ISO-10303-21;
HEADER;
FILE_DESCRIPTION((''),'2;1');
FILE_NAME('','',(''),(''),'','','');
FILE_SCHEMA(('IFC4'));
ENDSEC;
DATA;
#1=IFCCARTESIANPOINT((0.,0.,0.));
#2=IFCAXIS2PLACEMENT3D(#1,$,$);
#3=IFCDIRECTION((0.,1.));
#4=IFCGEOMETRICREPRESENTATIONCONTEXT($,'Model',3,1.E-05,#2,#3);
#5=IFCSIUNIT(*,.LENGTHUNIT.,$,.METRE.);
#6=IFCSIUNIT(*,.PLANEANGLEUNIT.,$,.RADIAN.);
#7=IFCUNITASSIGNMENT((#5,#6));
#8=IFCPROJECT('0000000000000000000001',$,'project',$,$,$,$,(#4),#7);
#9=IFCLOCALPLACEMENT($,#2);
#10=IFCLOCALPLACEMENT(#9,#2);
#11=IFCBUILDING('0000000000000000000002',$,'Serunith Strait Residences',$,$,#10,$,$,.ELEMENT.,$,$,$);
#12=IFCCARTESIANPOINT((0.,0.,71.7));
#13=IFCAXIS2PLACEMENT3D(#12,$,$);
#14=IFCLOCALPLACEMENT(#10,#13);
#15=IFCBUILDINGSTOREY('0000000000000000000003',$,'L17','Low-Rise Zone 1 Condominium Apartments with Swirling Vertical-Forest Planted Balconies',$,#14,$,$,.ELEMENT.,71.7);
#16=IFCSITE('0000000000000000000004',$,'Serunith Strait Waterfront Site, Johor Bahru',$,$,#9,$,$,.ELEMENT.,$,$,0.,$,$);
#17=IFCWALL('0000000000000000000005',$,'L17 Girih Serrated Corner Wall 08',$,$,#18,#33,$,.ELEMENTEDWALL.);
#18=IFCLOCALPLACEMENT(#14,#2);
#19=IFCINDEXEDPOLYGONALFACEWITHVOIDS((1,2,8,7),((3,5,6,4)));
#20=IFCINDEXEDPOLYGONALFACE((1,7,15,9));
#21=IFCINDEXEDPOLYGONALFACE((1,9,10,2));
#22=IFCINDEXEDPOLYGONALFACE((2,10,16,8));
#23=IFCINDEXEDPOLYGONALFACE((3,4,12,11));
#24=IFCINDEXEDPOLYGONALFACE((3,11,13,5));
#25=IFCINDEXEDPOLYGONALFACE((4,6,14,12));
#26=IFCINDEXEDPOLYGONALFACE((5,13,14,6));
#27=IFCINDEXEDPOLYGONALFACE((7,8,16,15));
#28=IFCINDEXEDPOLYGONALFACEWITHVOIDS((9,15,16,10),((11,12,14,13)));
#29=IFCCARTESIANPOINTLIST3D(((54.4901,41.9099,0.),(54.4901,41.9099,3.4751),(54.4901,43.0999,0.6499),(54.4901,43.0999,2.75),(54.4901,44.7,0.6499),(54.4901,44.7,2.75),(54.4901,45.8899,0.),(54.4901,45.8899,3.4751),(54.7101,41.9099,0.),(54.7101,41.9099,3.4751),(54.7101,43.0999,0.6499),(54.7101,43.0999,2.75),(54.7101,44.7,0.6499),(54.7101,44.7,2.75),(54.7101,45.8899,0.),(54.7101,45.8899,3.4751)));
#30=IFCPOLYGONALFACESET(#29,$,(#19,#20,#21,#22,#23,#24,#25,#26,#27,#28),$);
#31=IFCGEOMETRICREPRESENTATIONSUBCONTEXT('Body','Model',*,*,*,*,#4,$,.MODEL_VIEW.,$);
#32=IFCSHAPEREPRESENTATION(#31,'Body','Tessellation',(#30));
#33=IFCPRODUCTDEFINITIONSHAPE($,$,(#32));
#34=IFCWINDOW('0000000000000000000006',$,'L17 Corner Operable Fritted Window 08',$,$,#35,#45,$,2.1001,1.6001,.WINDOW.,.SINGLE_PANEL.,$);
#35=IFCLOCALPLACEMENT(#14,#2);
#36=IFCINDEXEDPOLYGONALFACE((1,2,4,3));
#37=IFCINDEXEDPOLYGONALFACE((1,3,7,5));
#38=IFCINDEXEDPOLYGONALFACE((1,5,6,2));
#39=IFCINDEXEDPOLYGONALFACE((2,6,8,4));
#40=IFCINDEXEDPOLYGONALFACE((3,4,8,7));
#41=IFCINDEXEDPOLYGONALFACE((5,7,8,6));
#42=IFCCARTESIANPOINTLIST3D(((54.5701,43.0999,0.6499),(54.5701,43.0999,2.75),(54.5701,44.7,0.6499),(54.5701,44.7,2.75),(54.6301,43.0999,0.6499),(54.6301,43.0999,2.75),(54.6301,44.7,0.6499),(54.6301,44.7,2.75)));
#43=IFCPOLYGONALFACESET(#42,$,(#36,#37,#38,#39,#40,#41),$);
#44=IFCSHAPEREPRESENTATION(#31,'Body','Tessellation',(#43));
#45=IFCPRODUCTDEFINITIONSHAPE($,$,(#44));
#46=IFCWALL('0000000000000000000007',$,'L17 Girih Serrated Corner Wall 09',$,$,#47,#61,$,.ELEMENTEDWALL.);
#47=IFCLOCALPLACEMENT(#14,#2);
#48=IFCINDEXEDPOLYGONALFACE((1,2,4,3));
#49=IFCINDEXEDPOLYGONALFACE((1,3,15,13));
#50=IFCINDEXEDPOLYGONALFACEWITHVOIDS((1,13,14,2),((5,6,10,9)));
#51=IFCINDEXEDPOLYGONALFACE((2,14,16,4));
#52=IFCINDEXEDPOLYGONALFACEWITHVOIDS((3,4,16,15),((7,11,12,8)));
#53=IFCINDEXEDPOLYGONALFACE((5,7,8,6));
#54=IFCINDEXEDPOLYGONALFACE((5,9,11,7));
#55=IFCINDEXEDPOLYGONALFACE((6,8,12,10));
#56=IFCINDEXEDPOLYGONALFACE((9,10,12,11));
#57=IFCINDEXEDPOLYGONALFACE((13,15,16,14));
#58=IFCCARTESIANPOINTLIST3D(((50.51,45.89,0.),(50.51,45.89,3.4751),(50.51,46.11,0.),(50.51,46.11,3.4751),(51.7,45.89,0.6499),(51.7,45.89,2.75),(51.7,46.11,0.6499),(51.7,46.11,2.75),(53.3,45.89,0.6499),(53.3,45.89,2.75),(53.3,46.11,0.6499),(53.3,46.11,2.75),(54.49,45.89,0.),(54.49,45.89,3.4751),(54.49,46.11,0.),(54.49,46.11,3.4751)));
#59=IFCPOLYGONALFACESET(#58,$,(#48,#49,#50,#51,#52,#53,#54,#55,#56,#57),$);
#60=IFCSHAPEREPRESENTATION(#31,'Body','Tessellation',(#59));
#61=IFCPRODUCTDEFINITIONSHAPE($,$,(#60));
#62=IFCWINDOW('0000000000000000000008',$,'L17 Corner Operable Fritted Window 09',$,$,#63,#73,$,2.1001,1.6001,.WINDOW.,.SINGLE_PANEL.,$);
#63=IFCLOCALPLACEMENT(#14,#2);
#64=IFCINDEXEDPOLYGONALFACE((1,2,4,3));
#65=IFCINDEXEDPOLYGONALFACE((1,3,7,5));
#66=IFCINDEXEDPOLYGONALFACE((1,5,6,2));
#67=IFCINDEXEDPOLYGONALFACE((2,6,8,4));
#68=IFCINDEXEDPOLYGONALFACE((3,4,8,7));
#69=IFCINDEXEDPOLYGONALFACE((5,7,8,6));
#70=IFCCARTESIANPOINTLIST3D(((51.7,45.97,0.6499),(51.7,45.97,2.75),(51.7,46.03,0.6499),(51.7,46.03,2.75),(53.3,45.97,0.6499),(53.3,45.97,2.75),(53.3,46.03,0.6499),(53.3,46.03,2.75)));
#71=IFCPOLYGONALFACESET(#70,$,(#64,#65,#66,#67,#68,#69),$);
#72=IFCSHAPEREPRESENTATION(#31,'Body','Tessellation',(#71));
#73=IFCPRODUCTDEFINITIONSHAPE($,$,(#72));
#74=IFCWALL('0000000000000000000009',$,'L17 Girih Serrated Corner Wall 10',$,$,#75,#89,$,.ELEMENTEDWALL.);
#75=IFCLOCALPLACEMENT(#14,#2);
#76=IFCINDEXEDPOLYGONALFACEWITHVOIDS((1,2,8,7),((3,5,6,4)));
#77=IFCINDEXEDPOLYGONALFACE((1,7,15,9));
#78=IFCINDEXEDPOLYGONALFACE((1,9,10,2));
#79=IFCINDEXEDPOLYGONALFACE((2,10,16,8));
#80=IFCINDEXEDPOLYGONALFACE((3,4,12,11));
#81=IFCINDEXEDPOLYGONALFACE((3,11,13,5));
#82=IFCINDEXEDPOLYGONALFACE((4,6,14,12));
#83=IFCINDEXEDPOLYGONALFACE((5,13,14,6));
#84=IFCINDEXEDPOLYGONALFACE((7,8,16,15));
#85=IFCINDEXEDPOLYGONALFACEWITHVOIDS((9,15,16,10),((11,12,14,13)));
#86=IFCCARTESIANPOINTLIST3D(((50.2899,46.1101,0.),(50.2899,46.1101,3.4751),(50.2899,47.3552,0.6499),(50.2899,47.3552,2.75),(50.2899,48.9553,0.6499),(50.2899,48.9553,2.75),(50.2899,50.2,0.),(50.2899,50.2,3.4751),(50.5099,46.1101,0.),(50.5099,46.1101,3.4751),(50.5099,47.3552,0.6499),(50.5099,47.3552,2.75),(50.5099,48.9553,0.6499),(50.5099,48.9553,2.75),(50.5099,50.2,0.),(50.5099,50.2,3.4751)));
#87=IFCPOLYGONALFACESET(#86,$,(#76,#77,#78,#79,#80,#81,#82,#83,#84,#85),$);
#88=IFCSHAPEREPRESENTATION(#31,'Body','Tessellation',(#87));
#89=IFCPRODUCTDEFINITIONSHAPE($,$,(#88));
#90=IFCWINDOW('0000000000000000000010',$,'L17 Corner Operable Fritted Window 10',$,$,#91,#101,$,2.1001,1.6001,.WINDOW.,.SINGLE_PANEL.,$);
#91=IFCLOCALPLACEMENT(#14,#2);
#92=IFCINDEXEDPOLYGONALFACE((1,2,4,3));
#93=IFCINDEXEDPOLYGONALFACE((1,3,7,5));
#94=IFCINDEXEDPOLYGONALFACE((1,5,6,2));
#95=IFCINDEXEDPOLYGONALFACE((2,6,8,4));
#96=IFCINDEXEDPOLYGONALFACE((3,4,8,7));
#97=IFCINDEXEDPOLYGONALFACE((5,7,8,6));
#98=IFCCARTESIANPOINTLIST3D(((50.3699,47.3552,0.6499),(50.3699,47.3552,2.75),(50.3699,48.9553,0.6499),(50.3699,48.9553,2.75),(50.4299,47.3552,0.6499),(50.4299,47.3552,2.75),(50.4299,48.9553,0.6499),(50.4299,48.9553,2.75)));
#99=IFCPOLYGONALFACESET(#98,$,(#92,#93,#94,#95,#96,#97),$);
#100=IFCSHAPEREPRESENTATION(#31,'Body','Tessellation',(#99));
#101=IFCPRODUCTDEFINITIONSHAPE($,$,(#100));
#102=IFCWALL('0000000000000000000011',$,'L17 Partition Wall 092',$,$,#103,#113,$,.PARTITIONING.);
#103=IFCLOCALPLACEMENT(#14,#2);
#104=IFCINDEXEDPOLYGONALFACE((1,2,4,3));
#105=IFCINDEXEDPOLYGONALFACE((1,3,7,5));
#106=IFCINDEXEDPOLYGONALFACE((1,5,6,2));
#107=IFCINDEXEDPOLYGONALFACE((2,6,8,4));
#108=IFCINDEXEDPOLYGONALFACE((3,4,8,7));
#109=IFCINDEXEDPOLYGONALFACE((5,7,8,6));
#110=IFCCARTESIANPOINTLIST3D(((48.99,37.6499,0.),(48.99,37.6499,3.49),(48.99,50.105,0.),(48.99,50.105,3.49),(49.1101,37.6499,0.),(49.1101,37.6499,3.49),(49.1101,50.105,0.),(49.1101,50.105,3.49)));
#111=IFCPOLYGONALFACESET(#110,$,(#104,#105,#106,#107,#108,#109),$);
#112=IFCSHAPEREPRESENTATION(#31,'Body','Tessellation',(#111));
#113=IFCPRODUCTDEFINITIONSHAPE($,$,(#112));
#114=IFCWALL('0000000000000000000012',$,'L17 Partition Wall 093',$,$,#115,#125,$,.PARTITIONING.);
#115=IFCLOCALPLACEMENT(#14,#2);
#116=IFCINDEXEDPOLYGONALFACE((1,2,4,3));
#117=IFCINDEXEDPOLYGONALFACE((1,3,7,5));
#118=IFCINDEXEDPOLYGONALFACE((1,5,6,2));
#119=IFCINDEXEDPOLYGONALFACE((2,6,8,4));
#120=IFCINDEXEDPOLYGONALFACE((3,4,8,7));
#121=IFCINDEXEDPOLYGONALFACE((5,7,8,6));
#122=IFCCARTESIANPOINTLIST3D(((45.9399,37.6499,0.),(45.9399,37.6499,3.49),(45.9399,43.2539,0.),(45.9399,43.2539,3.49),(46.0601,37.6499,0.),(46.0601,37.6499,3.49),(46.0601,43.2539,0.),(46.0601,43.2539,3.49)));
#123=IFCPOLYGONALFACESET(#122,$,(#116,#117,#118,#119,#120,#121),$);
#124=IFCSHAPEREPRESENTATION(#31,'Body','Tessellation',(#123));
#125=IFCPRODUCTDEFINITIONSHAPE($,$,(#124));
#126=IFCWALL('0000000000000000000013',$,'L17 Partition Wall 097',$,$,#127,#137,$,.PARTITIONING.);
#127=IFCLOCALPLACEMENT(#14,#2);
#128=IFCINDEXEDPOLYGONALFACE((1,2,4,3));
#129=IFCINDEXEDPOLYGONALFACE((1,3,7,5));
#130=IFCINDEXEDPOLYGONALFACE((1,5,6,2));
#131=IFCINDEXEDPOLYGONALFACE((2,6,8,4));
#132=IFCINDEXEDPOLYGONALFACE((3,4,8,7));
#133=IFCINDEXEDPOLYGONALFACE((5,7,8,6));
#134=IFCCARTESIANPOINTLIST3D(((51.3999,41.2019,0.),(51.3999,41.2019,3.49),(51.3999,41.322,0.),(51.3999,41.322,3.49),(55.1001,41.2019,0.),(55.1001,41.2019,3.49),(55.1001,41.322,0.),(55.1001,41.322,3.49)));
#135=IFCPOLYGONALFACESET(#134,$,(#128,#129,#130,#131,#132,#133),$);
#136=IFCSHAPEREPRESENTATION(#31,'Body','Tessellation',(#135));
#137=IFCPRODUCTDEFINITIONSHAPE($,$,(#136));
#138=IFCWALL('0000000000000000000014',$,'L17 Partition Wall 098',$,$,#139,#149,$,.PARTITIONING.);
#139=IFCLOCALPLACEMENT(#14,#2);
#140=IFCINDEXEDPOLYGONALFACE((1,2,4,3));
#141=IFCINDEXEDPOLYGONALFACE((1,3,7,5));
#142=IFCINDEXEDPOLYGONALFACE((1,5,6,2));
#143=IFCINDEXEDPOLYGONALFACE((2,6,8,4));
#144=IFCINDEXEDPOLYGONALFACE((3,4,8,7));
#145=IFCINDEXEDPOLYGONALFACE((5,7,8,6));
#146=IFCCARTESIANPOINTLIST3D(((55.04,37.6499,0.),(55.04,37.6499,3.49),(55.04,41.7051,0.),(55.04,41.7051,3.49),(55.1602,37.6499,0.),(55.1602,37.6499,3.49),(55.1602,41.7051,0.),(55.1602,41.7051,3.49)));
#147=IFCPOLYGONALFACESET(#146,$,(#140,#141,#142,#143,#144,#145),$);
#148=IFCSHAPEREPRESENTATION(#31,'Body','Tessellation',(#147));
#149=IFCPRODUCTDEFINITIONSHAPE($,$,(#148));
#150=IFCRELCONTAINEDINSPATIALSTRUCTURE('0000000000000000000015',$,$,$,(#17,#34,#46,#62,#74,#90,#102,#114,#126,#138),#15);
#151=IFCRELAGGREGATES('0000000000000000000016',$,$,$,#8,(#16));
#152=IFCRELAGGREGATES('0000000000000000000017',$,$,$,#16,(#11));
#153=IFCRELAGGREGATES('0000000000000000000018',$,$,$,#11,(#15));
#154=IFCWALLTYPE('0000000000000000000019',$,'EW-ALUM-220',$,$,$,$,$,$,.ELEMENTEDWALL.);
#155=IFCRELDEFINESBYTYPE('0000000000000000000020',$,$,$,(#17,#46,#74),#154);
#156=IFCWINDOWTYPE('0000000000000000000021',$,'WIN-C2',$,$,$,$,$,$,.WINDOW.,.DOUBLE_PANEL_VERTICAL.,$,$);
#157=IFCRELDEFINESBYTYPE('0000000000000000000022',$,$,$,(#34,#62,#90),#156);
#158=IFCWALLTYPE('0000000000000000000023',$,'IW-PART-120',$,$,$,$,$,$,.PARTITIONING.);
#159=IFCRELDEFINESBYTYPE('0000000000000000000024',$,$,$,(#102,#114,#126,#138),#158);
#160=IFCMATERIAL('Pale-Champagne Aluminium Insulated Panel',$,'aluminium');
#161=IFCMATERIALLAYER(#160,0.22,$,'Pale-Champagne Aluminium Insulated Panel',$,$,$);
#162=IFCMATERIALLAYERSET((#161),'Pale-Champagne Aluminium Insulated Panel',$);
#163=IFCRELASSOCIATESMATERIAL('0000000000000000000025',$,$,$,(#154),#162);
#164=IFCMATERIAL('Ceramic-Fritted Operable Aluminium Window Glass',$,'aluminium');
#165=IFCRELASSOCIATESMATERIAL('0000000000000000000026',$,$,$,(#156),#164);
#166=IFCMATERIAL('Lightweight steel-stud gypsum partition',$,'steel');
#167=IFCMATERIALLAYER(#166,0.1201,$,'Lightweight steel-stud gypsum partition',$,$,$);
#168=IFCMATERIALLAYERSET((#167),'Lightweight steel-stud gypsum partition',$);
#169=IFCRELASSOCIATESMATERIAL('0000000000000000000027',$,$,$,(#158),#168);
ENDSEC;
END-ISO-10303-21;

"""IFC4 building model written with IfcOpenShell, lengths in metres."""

from ifc_helpers import new_model, si_unit, direction, frame, frame_2d, origin, place, context, subcontext, project, spatial, rectangle, extrude, source, transform, mapped, material, layer, layer_set, type_object, element, fill, save


model = new_model("IFC4")

# Units and contexts
model_context = context("Model", 3, precision=1e-05, world=origin(), true_north=direction((0.0, 1.0)))
body_context = subcontext(model_context, "Body", "Model", "MODEL_VIEW")
ifc_project = project(units=[si_unit("LENGTHUNIT", "METRE"), si_unit("PLANEANGLEUNIT", "RADIAN")], contexts=[model_context])

# Site, building, storey
site_placement = place(None, origin())
site = spatial("IfcSite", under=ifc_project, at=site_placement, Name="Serunith Strait Waterfront Site, Johor Bahru", CompositionType="ELEMENT", RefElevation=0.0)
building_placement = place(site_placement, origin())
building = spatial("IfcBuilding", under=site, at=building_placement, Name="Serunith Strait Residences", CompositionType="ELEMENT")
storey_placement = place(building_placement, frame((0.0, 0.0, 71.7)))
storey = spatial("IfcBuildingStorey", under=building, at=storey_placement, Name="L17", Description="Low-Rise Zone 1 Condominium Apartments with Swirling Vertical-Forest Planted Balconies", CompositionType="ELEMENT", Elevation=71.7)

# Walls, openings, windows
ifc_material_1 = material(Name="Pale-Champagne Aluminium Insulated Panel", Category="aluminium")
ifc_layer_1 = layer(ifc_material_1, 0.22, Name="Pale-Champagne Aluminium Insulated Panel")
ifc_layer_set_1 = layer_set([ifc_layer_1], Name="Pale-Champagne Aluminium Insulated Panel")
wall_type_1 = type_object("IfcWallType", Name="EW-ALUM-220", PredefinedType="ELEMENTEDWALL", material=ifc_layer_set_1)
ifc_material_2 = material(Name="Ceramic-Fritted Operable Aluminium Window Glass", Category="aluminium")
window_type = type_object("IfcWindowType", Name="WIN-C2", PartitioningType="DOUBLE_PANEL_VERTICAL", PredefinedType="WINDOW", material=ifc_material_2)
shared_shape_1 = source(origin(), body_context, "Body", "SweptSolid", [
    extrude(rectangle(XDim=1.6001, YDim=2.1001, at=frame_2d((0.8, 1.05))), frame((0.0, 0.03, 0.0), z_axis=(0.0, -1.0, 0.0), x_axis=(1.0, 0.0, 0.0)), (0.0, 0.0, 1.0), 0.0601),
])
wall_1_placement = place(storey_placement, frame((54.6001, 41.9099, 0.0), z_axis=(0.0, 0.0, 1.0), x_axis=(0.0, 1.0, 0.0)))
wall_1 = element("IfcWall", 1, at=wall_1_placement, inside=storey, type_object=wall_type_1, Name="L17 Girih Serrated Corner Wall 08", PredefinedType="ELEMENTEDWALL", context=body_context, shape_type="SweptSolid", body=[
    extrude(rectangle(XDim=3.98, YDim=0.22, at=frame_2d((1.99, 0.0))), origin(), (0.0, 0.0, 1.0), 3.4751),
])
opening_1_placement = place(wall_1_placement, frame((1.1899, 0.0, 0.6499)))
opening_1 = element("IfcOpeningElement", 2, at=opening_1_placement, cuts=wall_1, PredefinedType="OPENING", context=body_context, shape_type="SweptSolid", body=[
    extrude(rectangle(XDim=1.6001, YDim=2.1001, at=frame_2d((0.8, 1.05))), frame((0.0, 0.1201, 0.0), z_axis=(0.0, -1.0, 0.0), x_axis=(1.0, 0.0, 0.0)), (0.0, 0.0, 1.0), 0.24),
])
window_1_placement = place(opening_1_placement, origin())
window_1 = element("IfcWindow", 3, at=window_1_placement, inside=storey, type_object=window_type, Name="L17 Corner Operable Fritted Window 08", OverallHeight=2.1001, OverallWidth=1.6001, PartitioningType="SINGLE_PANEL", PredefinedType="WINDOW", context=body_context, shape_type="MappedRepresentation", body=[
    mapped(shared_shape_1, transform((0.0, 0.0, 0.0), scale=1.0)),
])
fill(opening_1, window_1)
wall_2_placement = place(storey_placement, frame((54.49, 46.0, 0.0), z_axis=(0.0, 0.0, 1.0), x_axis=(-1.0, 0.0, 0.0)))
wall_2 = element("IfcWall", 4, at=wall_2_placement, inside=storey, type_object=wall_type_1, Name="L17 Girih Serrated Corner Wall 09", PredefinedType="ELEMENTEDWALL", context=body_context, shape_type="SweptSolid", body=[
    extrude(rectangle(XDim=3.98, YDim=0.22, at=frame_2d((1.99, 0.0))), origin(), (0.0, 0.0, 1.0), 3.4751),
])
opening_2_placement = place(wall_2_placement, frame((1.1899, 0.0, 0.6499)))
opening_2 = element("IfcOpeningElement", 5, at=opening_2_placement, cuts=wall_2, PredefinedType="OPENING", context=body_context, shape_type="SweptSolid", body=[
    extrude(rectangle(XDim=1.6001, YDim=2.1001, at=frame_2d((0.8, 1.05))), frame((0.0, 0.1201, 0.0), z_axis=(0.0, -1.0, 0.0), x_axis=(1.0, 0.0, 0.0)), (0.0, 0.0, 1.0), 0.24),
])
window_2_placement = place(opening_2_placement, origin())
window_2 = element("IfcWindow", 6, at=window_2_placement, inside=storey, type_object=window_type, Name="L17 Corner Operable Fritted Window 09", OverallHeight=2.1001, OverallWidth=1.6001, PartitioningType="SINGLE_PANEL", PredefinedType="WINDOW", context=body_context, shape_type="MappedRepresentation", body=[
    mapped(shared_shape_1, transform((0.0, 0.0, 0.0), scale=1.0)),
])
fill(opening_2, window_2)
wall_3_placement = place(storey_placement, frame((50.3999, 46.1101, 0.0), z_axis=(0.0, 0.0, 1.0), x_axis=(0.0, 1.0, 0.0)))
wall_3 = element("IfcWall", 7, at=wall_3_placement, inside=storey, type_object=wall_type_1, Name="L17 Girih Serrated Corner Wall 10", PredefinedType="ELEMENTEDWALL", context=body_context, shape_type="SweptSolid", body=[
    extrude(rectangle(XDim=4.0898, YDim=0.22, at=frame_2d((2.0449, 0.0))), origin(), (0.0, 0.0, 1.0), 3.4751),
])
opening_3_placement = place(wall_3_placement, frame((1.2451, 0.0, 0.6499)))
opening_3 = element("IfcOpeningElement", 8, at=opening_3_placement, cuts=wall_3, PredefinedType="OPENING", context=body_context, shape_type="SweptSolid", body=[
    extrude(rectangle(XDim=1.6001, YDim=2.1001, at=frame_2d((0.8, 1.05))), frame((0.0, 0.1201, 0.0), z_axis=(0.0, -1.0, 0.0), x_axis=(1.0, 0.0, 0.0)), (0.0, 0.0, 1.0), 0.24),
])
window_3_placement = place(opening_3_placement, origin())
window_3 = element("IfcWindow", 9, at=window_3_placement, inside=storey, type_object=window_type, Name="L17 Corner Operable Fritted Window 10", OverallHeight=2.1001, OverallWidth=1.6001, PartitioningType="SINGLE_PANEL", PredefinedType="WINDOW", context=body_context, shape_type="MappedRepresentation", body=[
    mapped(shared_shape_1, transform((0.0, 0.0, 0.0), scale=1.0)),
])
fill(opening_3, window_3)

# Walls
ifc_material_3 = material(Name="Lightweight steel-stud gypsum partition", Category="steel")
ifc_layer_2 = layer(ifc_material_3, 0.1201, Name="Lightweight steel-stud gypsum partition")
ifc_layer_set_2 = layer_set([ifc_layer_2], Name="Lightweight steel-stud gypsum partition")
wall_type_2 = type_object("IfcWallType", Name="IW-PART-120", PredefinedType="PARTITIONING", material=ifc_layer_set_2)
wall_4_placement = place(storey_placement, frame((49.05, 50.105, 0.0), z_axis=(0.0, 0.0, 1.0), x_axis=(0.0, -1.0, 0.0)))
element("IfcWall", 10, at=wall_4_placement, inside=storey, type_object=wall_type_2, Name="L17 Partition Wall 092", PredefinedType="PARTITIONING", context=body_context, shape_type="SweptSolid", body=[
    extrude(rectangle(XDim=12.4551, YDim=0.1201, at=frame_2d((6.2275, 0.0))), origin(), (0.0, 0.0, 1.0), 3.49),
])
wall_5_placement = place(storey_placement, frame((46.0, 43.2539, 0.0), z_axis=(0.0, 0.0, 1.0), x_axis=(0.0, -1.0, 0.0)))
element("IfcWall", 11, at=wall_5_placement, inside=storey, type_object=wall_type_2, Name="L17 Partition Wall 093", PredefinedType="PARTITIONING", context=body_context, shape_type="SweptSolid", body=[
    extrude(rectangle(XDim=5.604, YDim=0.1201, at=frame_2d((2.802, 0.0))), origin(), (0.0, 0.0, 1.0), 3.49),
])
wall_6_placement = place(storey_placement, frame((51.3999, 41.262, 0.0), z_axis=(0.0, 0.0, 1.0), x_axis=(1.0, 0.0, 0.0)))
element("IfcWall", 12, at=wall_6_placement, inside=storey, type_object=wall_type_2, Name="L17 Partition Wall 097", PredefinedType="PARTITIONING", context=body_context, shape_type="SweptSolid", body=[
    extrude(rectangle(XDim=3.7002, YDim=0.1201, at=frame_2d((1.8501, 0.0))), origin(), (0.0, 0.0, 1.0), 3.49),
])
wall_7_placement = place(storey_placement, frame((55.1001, 41.7051, 0.0), z_axis=(0.0, 0.0, 1.0), x_axis=(0.0, -1.0, 0.0)))
element("IfcWall", 13, at=wall_7_placement, inside=storey, type_object=wall_type_2, Name="L17 Partition Wall 098", PredefinedType="PARTITIONING", context=body_context, shape_type="SweptSolid", body=[
    extrude(rectangle(XDim=4.0552, YDim=0.1201, at=frame_2d((2.0276, 0.0))), origin(), (0.0, 0.0, 1.0), 3.49),
])

save(model, "model.ifc")
